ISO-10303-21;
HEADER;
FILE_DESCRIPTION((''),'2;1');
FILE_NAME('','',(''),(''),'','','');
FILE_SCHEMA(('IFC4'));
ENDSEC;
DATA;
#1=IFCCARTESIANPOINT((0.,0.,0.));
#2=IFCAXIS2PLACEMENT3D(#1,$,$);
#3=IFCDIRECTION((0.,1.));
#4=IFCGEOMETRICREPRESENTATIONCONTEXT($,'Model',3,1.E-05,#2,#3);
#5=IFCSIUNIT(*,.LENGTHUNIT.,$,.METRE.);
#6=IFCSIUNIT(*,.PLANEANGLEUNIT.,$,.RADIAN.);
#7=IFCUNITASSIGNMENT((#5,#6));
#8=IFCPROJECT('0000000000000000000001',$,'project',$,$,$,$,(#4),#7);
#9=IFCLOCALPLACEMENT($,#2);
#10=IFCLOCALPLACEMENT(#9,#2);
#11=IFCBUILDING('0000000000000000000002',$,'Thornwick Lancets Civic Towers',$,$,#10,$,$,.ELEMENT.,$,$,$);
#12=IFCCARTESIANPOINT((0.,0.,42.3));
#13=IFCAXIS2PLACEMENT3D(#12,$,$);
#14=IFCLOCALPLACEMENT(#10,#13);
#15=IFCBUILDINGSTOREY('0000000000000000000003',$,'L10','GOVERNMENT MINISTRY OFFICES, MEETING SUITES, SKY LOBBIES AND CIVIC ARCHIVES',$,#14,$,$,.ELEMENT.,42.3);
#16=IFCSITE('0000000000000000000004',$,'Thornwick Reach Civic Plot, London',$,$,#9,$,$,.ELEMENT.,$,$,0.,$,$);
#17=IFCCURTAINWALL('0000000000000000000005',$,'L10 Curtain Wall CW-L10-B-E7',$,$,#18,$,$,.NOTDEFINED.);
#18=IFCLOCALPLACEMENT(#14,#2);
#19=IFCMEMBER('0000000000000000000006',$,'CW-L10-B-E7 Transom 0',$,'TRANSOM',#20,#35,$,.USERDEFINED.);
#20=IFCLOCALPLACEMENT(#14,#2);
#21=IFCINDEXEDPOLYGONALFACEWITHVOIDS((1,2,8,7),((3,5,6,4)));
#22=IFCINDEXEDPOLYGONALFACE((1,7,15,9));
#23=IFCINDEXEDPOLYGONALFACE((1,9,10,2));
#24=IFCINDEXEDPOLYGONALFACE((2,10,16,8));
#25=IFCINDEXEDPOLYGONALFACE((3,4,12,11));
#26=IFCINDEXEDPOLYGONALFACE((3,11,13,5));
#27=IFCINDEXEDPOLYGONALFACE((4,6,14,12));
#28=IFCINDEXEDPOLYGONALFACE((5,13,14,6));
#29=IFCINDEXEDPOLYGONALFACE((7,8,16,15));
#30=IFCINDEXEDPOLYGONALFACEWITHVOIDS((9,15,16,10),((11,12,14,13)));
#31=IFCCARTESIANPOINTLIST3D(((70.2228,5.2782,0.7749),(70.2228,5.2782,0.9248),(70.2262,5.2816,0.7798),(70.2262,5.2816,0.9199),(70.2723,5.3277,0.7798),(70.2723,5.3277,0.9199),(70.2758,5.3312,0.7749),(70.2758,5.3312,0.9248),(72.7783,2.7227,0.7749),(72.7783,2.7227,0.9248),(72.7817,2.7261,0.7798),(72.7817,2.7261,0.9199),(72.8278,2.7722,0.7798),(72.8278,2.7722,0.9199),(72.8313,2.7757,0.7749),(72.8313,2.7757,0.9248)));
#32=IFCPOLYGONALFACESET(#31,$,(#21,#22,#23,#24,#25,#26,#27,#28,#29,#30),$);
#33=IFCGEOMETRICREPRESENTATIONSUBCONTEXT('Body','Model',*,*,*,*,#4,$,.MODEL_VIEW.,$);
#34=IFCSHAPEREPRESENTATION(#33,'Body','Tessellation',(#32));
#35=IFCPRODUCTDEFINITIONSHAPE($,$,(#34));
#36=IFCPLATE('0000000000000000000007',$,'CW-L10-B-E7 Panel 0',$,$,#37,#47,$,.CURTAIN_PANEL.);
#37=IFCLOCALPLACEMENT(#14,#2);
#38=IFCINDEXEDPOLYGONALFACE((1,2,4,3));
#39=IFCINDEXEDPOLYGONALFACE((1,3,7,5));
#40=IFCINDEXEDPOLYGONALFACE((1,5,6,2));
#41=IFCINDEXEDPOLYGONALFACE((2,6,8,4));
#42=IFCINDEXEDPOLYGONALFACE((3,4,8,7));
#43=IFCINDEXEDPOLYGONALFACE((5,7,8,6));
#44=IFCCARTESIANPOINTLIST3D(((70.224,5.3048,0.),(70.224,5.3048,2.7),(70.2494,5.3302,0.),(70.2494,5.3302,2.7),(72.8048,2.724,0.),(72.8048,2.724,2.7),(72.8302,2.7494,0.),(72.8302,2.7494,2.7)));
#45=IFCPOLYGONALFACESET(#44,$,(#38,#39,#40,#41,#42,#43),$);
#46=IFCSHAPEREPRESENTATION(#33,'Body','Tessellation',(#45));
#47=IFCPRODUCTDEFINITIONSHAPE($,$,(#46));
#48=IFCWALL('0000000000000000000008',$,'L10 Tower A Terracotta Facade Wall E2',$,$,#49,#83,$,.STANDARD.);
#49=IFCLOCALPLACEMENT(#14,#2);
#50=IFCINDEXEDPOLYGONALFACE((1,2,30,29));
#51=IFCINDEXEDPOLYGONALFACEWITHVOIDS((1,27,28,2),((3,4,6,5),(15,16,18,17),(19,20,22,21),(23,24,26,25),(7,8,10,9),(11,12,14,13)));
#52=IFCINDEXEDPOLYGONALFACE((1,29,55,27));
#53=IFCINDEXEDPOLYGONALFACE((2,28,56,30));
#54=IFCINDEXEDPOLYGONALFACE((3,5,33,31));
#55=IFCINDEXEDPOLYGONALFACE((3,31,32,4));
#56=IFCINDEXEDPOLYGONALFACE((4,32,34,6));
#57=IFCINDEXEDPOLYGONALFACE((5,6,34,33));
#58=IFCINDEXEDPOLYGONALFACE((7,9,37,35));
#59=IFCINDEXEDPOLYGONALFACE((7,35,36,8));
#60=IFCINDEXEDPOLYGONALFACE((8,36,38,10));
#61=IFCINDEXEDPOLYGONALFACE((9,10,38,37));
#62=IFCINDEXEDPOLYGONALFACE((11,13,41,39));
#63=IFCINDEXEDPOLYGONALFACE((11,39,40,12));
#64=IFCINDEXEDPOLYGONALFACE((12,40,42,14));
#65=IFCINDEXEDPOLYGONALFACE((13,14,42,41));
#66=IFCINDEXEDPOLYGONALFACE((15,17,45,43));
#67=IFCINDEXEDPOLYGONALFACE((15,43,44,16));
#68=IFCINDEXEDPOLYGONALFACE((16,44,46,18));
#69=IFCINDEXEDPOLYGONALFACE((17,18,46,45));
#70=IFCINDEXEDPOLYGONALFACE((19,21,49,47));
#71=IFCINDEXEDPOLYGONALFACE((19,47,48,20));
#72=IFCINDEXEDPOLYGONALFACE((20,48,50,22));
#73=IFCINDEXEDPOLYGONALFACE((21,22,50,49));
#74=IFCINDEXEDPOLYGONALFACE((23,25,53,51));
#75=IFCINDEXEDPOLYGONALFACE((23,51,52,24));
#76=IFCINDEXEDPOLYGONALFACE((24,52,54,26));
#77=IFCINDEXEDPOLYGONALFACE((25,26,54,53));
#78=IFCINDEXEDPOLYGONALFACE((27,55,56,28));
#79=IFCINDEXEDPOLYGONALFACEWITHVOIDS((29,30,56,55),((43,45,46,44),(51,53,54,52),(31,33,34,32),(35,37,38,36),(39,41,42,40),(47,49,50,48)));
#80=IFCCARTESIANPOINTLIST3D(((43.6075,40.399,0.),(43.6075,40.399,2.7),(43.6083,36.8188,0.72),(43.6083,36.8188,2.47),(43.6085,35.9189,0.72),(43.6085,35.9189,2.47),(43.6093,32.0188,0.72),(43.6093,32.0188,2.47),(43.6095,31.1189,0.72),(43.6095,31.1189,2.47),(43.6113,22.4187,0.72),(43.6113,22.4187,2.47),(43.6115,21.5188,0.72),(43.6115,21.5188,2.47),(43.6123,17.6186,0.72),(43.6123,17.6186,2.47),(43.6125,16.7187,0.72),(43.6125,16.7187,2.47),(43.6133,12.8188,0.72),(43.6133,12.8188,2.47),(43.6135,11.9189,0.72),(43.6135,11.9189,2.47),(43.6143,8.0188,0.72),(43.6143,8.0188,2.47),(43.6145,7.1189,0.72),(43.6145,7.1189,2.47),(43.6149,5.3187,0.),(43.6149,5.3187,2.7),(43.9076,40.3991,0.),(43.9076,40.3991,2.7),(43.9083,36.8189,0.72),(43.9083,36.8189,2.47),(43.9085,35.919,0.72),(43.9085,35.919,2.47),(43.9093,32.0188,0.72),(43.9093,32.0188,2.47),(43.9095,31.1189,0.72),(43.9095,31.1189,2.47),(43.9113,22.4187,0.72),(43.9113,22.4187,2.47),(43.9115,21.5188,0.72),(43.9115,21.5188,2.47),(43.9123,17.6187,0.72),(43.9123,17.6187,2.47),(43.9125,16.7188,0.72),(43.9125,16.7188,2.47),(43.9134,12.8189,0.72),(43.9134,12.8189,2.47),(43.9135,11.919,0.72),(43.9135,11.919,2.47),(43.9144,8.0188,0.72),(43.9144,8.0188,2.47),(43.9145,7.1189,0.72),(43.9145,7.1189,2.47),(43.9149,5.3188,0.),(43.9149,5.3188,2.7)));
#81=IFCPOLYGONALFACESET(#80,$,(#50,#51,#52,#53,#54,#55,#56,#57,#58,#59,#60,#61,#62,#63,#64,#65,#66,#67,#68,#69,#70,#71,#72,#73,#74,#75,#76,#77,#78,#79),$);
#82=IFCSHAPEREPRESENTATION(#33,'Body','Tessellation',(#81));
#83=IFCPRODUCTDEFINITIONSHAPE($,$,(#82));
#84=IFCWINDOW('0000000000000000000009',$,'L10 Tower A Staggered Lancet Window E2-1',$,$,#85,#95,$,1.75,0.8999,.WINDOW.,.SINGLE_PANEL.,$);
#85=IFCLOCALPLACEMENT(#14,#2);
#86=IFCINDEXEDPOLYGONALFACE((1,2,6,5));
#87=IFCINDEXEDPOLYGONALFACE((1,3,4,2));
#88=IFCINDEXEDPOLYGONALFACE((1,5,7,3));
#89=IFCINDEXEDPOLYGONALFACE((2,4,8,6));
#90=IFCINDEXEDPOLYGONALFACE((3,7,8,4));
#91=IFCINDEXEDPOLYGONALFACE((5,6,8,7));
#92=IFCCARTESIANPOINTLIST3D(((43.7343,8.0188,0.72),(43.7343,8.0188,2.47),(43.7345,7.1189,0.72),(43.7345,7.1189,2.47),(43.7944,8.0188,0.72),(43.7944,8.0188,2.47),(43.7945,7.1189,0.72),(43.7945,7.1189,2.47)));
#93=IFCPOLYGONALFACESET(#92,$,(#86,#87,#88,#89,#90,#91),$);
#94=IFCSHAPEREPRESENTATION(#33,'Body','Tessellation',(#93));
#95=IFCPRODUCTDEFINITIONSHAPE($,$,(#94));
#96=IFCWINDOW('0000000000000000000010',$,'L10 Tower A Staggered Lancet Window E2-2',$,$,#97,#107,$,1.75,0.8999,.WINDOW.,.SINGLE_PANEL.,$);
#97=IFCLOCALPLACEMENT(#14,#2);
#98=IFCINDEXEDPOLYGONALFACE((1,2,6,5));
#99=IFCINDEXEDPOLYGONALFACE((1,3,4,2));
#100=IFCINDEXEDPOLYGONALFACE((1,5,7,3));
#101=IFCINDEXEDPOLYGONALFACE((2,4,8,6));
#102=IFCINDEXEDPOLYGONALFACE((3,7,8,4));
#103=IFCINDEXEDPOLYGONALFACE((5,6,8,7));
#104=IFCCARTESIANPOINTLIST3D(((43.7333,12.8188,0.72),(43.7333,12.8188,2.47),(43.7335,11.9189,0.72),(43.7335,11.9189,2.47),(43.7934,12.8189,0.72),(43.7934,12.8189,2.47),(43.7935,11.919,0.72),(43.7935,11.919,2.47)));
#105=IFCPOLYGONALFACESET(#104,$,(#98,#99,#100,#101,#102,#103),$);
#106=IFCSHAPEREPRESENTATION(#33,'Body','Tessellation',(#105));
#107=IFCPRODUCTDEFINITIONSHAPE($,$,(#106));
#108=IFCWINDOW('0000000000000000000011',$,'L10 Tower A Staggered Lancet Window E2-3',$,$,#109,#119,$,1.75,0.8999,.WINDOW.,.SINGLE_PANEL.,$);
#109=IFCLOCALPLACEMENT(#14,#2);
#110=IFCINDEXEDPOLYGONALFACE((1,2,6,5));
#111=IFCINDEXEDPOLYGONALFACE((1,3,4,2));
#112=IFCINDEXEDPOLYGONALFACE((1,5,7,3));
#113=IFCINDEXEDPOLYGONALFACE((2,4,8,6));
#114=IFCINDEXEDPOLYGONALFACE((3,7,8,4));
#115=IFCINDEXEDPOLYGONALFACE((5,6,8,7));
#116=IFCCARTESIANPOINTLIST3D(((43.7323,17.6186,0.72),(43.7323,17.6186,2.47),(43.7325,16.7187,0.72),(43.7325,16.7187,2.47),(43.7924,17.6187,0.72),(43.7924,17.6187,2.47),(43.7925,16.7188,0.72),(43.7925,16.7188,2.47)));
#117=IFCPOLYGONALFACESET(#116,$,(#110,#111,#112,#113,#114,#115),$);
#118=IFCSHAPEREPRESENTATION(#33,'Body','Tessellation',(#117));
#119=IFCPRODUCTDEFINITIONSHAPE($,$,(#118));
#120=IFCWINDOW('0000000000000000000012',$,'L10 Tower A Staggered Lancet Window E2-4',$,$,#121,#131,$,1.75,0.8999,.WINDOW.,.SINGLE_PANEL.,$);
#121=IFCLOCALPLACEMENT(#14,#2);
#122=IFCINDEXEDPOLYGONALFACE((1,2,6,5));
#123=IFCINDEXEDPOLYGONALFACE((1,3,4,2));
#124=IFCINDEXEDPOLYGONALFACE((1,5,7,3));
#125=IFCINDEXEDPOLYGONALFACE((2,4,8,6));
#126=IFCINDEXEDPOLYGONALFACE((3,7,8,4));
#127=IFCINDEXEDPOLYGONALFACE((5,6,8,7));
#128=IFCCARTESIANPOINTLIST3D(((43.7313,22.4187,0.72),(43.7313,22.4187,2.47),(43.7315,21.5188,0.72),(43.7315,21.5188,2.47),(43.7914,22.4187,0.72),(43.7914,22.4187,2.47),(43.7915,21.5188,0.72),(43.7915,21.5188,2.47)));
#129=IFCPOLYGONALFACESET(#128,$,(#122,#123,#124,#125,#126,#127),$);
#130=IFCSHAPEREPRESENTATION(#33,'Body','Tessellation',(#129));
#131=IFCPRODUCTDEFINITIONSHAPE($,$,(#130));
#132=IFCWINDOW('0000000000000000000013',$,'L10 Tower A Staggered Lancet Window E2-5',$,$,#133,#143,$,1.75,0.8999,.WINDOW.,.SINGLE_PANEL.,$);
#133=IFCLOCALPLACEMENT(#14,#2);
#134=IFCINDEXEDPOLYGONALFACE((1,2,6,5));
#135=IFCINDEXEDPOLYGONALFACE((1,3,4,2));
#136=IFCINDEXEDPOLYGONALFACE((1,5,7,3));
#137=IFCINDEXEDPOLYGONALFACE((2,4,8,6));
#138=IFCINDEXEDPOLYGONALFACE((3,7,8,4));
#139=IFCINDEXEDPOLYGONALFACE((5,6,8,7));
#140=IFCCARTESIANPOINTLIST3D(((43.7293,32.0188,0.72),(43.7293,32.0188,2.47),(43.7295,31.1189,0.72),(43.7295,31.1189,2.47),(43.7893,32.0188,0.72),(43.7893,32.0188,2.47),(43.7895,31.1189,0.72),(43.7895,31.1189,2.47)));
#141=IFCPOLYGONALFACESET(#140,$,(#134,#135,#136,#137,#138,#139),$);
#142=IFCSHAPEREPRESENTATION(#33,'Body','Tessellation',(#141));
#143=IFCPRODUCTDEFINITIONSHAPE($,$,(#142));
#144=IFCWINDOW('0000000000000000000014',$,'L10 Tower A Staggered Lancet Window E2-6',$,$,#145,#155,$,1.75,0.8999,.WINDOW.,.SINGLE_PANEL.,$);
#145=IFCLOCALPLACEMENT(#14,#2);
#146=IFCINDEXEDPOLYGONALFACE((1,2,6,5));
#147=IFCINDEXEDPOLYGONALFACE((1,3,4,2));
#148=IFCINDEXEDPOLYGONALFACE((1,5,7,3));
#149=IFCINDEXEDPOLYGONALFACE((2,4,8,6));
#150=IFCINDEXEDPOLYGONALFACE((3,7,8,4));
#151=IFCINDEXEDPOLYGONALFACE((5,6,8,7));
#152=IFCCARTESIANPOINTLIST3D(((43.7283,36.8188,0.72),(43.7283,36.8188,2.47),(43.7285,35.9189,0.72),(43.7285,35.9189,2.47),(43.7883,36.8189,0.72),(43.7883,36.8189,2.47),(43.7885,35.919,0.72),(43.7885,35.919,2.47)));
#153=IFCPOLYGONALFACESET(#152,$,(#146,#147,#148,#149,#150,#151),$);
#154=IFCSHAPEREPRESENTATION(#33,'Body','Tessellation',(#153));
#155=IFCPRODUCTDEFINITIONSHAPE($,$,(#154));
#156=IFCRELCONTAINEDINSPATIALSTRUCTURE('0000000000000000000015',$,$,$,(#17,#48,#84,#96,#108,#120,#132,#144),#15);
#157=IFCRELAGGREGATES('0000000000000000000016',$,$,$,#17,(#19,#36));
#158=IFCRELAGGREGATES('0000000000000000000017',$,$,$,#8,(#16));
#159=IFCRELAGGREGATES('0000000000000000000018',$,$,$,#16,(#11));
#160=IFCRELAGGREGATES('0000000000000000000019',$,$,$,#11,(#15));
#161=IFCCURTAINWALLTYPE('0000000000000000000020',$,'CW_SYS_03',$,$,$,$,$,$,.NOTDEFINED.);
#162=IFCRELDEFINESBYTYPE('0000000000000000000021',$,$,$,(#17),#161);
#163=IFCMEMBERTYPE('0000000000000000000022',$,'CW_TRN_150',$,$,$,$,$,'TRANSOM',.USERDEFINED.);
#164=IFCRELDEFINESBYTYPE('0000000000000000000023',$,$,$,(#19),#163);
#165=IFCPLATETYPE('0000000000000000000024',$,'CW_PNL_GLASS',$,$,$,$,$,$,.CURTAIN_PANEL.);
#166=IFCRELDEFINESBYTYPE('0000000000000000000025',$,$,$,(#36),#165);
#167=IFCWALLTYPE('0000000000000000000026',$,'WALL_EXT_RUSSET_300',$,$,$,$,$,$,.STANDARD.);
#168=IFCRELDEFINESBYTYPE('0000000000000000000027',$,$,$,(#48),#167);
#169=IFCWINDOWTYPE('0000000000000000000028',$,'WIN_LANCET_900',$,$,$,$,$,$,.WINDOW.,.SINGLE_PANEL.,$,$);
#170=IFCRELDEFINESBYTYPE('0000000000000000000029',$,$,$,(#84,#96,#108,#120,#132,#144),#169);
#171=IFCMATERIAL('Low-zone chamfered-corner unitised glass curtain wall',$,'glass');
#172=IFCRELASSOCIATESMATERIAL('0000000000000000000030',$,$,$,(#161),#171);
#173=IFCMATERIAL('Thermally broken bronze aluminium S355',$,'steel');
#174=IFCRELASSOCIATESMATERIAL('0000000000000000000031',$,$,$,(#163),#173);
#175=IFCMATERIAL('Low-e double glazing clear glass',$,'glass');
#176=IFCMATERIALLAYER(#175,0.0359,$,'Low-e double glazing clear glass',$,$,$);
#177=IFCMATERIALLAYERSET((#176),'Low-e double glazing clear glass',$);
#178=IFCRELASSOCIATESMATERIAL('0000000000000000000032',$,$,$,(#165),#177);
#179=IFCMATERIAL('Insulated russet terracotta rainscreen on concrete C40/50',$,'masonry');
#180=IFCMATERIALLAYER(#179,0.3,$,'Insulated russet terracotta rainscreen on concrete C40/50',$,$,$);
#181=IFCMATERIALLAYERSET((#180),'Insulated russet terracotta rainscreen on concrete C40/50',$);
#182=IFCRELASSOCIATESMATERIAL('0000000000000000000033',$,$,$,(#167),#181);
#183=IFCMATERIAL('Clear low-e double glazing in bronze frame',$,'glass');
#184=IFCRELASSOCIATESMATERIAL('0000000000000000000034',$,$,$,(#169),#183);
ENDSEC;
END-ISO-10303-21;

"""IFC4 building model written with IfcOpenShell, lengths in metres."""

from ifc_helpers import new_model, si_unit, direction, frame, frame_2d, origin, origin_2d, place, context, subcontext, project, spatial, rectangle, hollow_rectangle, extrude, material, layer, layer_set, material_profile, profile_set, type_object, element, fill, aggregate, save


model = new_model("IFC4")

# Units and contexts
model_context = context("Model", 3, precision=1e-05, world=origin(), true_north=direction((0.0, 1.0)))
body_context = subcontext(model_context, "Body", "Model", "MODEL_VIEW")
ifc_project = project(units=[si_unit("LENGTHUNIT", "METRE"), si_unit("PLANEANGLEUNIT", "RADIAN")], contexts=[model_context])

# Site, building, storey
site_placement = place(None, origin())
site = spatial("IfcSite", under=ifc_project, at=site_placement, Name="Thornwick Reach Civic Plot, London", CompositionType="ELEMENT", RefElevation=0.0)
building_placement = place(site_placement, origin())
building = spatial("IfcBuilding", under=site, at=building_placement, Name="Thornwick Lancets Civic Towers", CompositionType="ELEMENT")
storey_placement = place(building_placement, frame((0.0, 0.0, 42.3)))
storey = spatial("IfcBuildingStorey", under=building, at=storey_placement, Name="L10", Description="GOVERNMENT MINISTRY OFFICES, MEETING SUITES, SKY LOBBIES AND CIVIC ARCHIVES", CompositionType="ELEMENT", Elevation=42.3)

# Shared definitions
ifc_material_1 = material(Name="Low-zone chamfered-corner unitised glass curtain wall", Category="glass")
curtain_wall_type = type_object("IfcCurtainWallType", Name="CW_SYS_03", PredefinedType="NOTDEFINED", material=ifc_material_1)
ifc_material_2 = material(Name="Thermally broken bronze aluminium S355", Category="steel")

# Curtain wall, member, plate
curtain_wall_1_placement = place(storey_placement, origin())
curtain_wall_1 = element("IfcCurtainWall", 1, at=curtain_wall_1_placement, inside=storey, type_object=curtain_wall_type, Name="L10 Curtain Wall CW-L10-B-E7", PredefinedType="NOTDEFINED")
ifc_material_profile_1 = material_profile(ifc_material_2, hollow_rectangle(XDim=0.075, YDim=0.1499, WallThickness=0.0049, at=origin_2d()), Name="RHS 150x75x5")
ifc_profile_set_1 = profile_set([ifc_material_profile_1], Name="Thermally broken bronze aluminium S355")
member_type_1 = type_object("IfcMemberType", Name="CW_TRN_150", ElementType="TRANSOM", PredefinedType="USERDEFINED", material=ifc_profile_set_1)
member_1_placement = place(storey_placement, frame((70.2493, 5.3047, 0.8499), z_axis=(0.707107, -0.707107, 0.0), x_axis=(0.707107, 0.707107, 0.0)))
member_1 = element("IfcMember", 2, at=member_1_placement, type_object=member_type_1, Name="CW-L10-B-E7 Transom 0", ObjectType="TRANSOM", PredefinedType="USERDEFINED", context=body_context, shape_type="SweptSolid", body=[
    extrude(hollow_rectangle(XDim=0.075, YDim=0.1499, WallThickness=0.0049, at=origin_2d()), origin(), (0.0, 0.0, 1.0), 3.614),
])
ifc_material_3 = material(Name="Low-e double glazing clear glass", Category="glass")
ifc_layer_1 = layer(ifc_material_3, 0.0359, Name="Low-e double glazing clear glass")
ifc_layer_set_1 = layer_set([ifc_layer_1], Name="Low-e double glazing clear glass")
plate_type = type_object("IfcPlateType", Name="CW_PNL_GLASS", PredefinedType="CURTAIN_PANEL", material=ifc_layer_set_1)
plate_placement = place(storey_placement, frame((71.5271, 4.0271, 0.0), z_axis=(0.0, 0.0, 1.0), x_axis=(0.707107, -0.707107, 0.0)))
plate = element("IfcPlate", 3, at=plate_placement, type_object=plate_type, Name="CW-L10-B-E7 Panel 0", PredefinedType="CURTAIN_PANEL", context=body_context, shape_type="SweptSolid", body=[
    extrude(rectangle(XDim=3.6499, YDim=0.0359, at=origin_2d()), origin(), (0.0, 0.0, 1.0), 2.7),
])
aggregate(curtain_wall_1, [member_1, plate])

# Wall, openings, windows
ifc_material_4 = material(Name="Insulated russet terracotta rainscreen on concrete C40/50", Category="masonry")
ifc_layer_2 = layer(ifc_material_4, 0.3, Name="Insulated russet terracotta rainscreen on concrete C40/50")
ifc_layer_set_2 = layer_set([ifc_layer_2], Name="Insulated russet terracotta rainscreen on concrete C40/50")
wall_type_1 = type_object("IfcWallType", Name="WALL_EXT_RUSSET_300", PredefinedType="STANDARD", material=ifc_layer_set_2)
wall_1_placement = place(storey_placement, frame((43.7649, 5.3188, 0.0), z_axis=(0.0, 0.0, 1.0), x_axis=(-0.000209, 1.0, 0.0)))
wall_1 = element("IfcWall", 4, at=wall_1_placement, inside=storey, type_object=wall_type_1, Name="L10 Tower A Terracotta Facade Wall E2", PredefinedType="STANDARD", context=body_context, shape_type="SweptSolid", body=[
    extrude(rectangle(XDim=35.0803, YDim=0.3, at=frame_2d((17.54, 0.0))), origin(), (0.0, 0.0, 1.0), 2.7),
])
opening_1_placement = place(wall_1_placement, frame((1.8, 0.0, 0.72)))
opening_1 = element("IfcOpeningElement", 5, at=opening_1_placement, cuts=wall_1, PredefinedType="OPENING", context=body_context, shape_type="SweptSolid", body=[
    extrude(rectangle(XDim=0.8999, YDim=1.75, at=frame_2d((0.45, 0.875))), frame((0.0, 0.1602, 0.0), z_axis=(0.0, -1.0, 0.0), x_axis=(1.0, 0.0, 0.0)), (0.0, 0.0, 1.0), 0.3201),
])
opening_2_placement = place(wall_1_placement, frame((6.6001, 0.0, 0.72)))
opening_2 = element("IfcOpeningElement", 6, at=opening_2_placement, cuts=wall_1, PredefinedType="OPENING", context=body_context, shape_type="SweptSolid", body=[
    extrude(rectangle(XDim=0.8999, YDim=1.75, at=frame_2d((0.45, 0.875))), frame((0.0, 0.1602, 0.0), z_axis=(0.0, -1.0, 0.0), x_axis=(1.0, 0.0, 0.0)), (0.0, 0.0, 1.0), 0.3201),
])
opening_3_placement = place(wall_1_placement, frame((11.3999, 0.0, 0.72)))
opening_3 = element("IfcOpeningElement", 7, at=opening_3_placement, cuts=wall_1, PredefinedType="OPENING", context=body_context, shape_type="SweptSolid", body=[
    extrude(rectangle(XDim=0.8999, YDim=1.75, at=frame_2d((0.45, 0.875))), frame((0.0, 0.1602, 0.0), z_axis=(0.0, -1.0, 0.0), x_axis=(1.0, 0.0, 0.0)), (0.0, 0.0, 1.0), 0.3201),
])
opening_4_placement = place(wall_1_placement, frame((16.2, 0.0, 0.72)))
opening_4 = element("IfcOpeningElement", 8, at=opening_4_placement, cuts=wall_1, PredefinedType="OPENING", context=body_context, shape_type="SweptSolid", body=[
    extrude(rectangle(XDim=0.8999, YDim=1.75, at=frame_2d((0.45, 0.875))), frame((0.0, 0.1602, 0.0), z_axis=(0.0, -1.0, 0.0), x_axis=(1.0, 0.0, 0.0)), (0.0, 0.0, 1.0), 0.3201),
])
opening_5_placement = place(wall_1_placement, frame((25.8, 0.0, 0.72)))
opening_5 = element("IfcOpeningElement", 9, at=opening_5_placement, cuts=wall_1, PredefinedType="OPENING", context=body_context, shape_type="SweptSolid", body=[
    extrude(rectangle(XDim=0.8999, YDim=1.75, at=frame_2d((0.45, 0.875))), frame((0.0, 0.1602, 0.0), z_axis=(0.0, -1.0, 0.0), x_axis=(1.0, 0.0, 0.0)), (0.0, 0.0, 1.0), 0.3201),
])
opening_6_placement = place(wall_1_placement, frame((30.6001, 0.0, 0.72)))
opening_6 = element("IfcOpeningElement", 10, at=opening_6_placement, cuts=wall_1, PredefinedType="OPENING", context=body_context, shape_type="SweptSolid", body=[
    extrude(rectangle(XDim=0.8999, YDim=1.75, at=frame_2d((0.45, 0.875))), frame((0.0, 0.1602, 0.0), z_axis=(0.0, -1.0, 0.0), x_axis=(1.0, 0.0, 0.0)), (0.0, 0.0, 1.0), 0.3201),
])
ifc_material_5 = material(Name="Clear low-e double glazing in bronze frame", Category="glass")
window_type = type_object("IfcWindowType", Name="WIN_LANCET_900", PartitioningType="SINGLE_PANEL", PredefinedType="WINDOW", material=ifc_material_5)
window_1_placement = place(opening_1_placement, origin())
window_1 = element("IfcWindow", 11, at=window_1_placement, inside=storey, type_object=window_type, Name="L10 Tower A Staggered Lancet Window E2-1", OverallHeight=1.75, OverallWidth=0.8999, PartitioningType="SINGLE_PANEL", PredefinedType="WINDOW", context=body_context, shape_type="SweptSolid", body=[
    extrude(rectangle(XDim=0.8999, YDim=1.75, at=frame_2d((0.45, 0.875))), frame((0.0, 0.03, 0.0), z_axis=(0.0, -1.0, 0.0), x_axis=(1.0, 0.0, 0.0)), (0.0, 0.0, 1.0), 0.0601),
])
fill(opening_1, window_1)
window_2_placement = place(opening_2_placement, origin())
window_2 = element("IfcWindow", 12, at=window_2_placement, inside=storey, type_object=window_type, Name="L10 Tower A Staggered Lancet Window E2-2", OverallHeight=1.75, OverallWidth=0.8999, PartitioningType="SINGLE_PANEL", PredefinedType="WINDOW", context=body_context, shape_type="SweptSolid", body=[
    extrude(rectangle(XDim=0.8999, YDim=1.75, at=frame_2d((0.45, 0.875))), frame((0.0, 0.03, 0.0), z_axis=(0.0, -1.0, 0.0), x_axis=(1.0, 0.0, 0.0)), (0.0, 0.0, 1.0), 0.0601),
])
fill(opening_2, window_2)
window_3_placement = place(opening_3_placement, origin())
window_3 = element("IfcWindow", 13, at=window_3_placement, inside=storey, type_object=window_type, Name="L10 Tower A Staggered Lancet Window E2-3", OverallHeight=1.75, OverallWidth=0.8999, PartitioningType="SINGLE_PANEL", PredefinedType="WINDOW", context=body_context, shape_type="SweptSolid", body=[
    extrude(rectangle(XDim=0.8999, YDim=1.75, at=frame_2d((0.45, 0.875))), frame((0.0, 0.03, 0.0), z_axis=(0.0, -1.0, 0.0), x_axis=(1.0, 0.0, 0.0)), (0.0, 0.0, 1.0), 0.0601),
])
fill(opening_3, window_3)
window_4_placement = place(opening_4_placement, origin())
window_4 = element("IfcWindow", 14, at=window_4_placement, inside=storey, type_object=window_type, Name="L10 Tower A Staggered Lancet Window E2-4", OverallHeight=1.75, OverallWidth=0.8999, PartitioningType="SINGLE_PANEL", PredefinedType="WINDOW", context=body_context, shape_type="SweptSolid", body=[
    extrude(rectangle(XDim=0.8999, YDim=1.75, at=frame_2d((0.45, 0.875))), frame((0.0, 0.03, 0.0), z_axis=(0.0, -1.0, 0.0), x_axis=(1.0, 0.0, 0.0)), (0.0, 0.0, 1.0), 0.0601),
])
fill(opening_4, window_4)
window_5_placement = place(opening_5_placement, origin())
window_5 = element("IfcWindow", 15, at=window_5_placement, inside=storey, type_object=window_type, Name="L10 Tower A Staggered Lancet Window E2-5", OverallHeight=1.75, OverallWidth=0.8999, PartitioningType="SINGLE_PANEL", PredefinedType="WINDOW", context=body_context, shape_type="SweptSolid", body=[
    extrude(rectangle(XDim=0.8999, YDim=1.75, at=frame_2d((0.45, 0.875))), frame((0.0, 0.03, 0.0), z_axis=(0.0, -1.0, 0.0), x_axis=(1.0, 0.0, 0.0)), (0.0, 0.0, 1.0), 0.0601),
])
fill(opening_5, window_5)
window_6_placement = place(opening_6_placement, origin())
window_6 = element("IfcWindow", 16, at=window_6_placement, inside=storey, type_object=window_type, Name="L10 Tower A Staggered Lancet Window E2-6", OverallHeight=1.75, OverallWidth=0.8999, PartitioningType="SINGLE_PANEL", PredefinedType="WINDOW", context=body_context, shape_type="SweptSolid", body=[
    extrude(rectangle(XDim=0.8999, YDim=1.75, at=frame_2d((0.45, 0.875))), frame((0.0, 0.03, 0.0), z_axis=(0.0, -1.0, 0.0), x_axis=(1.0, 0.0, 0.0)), (0.0, 0.0, 1.0), 0.0601),
])
fill(opening_6, window_6)

save(model, "model.ifc")
